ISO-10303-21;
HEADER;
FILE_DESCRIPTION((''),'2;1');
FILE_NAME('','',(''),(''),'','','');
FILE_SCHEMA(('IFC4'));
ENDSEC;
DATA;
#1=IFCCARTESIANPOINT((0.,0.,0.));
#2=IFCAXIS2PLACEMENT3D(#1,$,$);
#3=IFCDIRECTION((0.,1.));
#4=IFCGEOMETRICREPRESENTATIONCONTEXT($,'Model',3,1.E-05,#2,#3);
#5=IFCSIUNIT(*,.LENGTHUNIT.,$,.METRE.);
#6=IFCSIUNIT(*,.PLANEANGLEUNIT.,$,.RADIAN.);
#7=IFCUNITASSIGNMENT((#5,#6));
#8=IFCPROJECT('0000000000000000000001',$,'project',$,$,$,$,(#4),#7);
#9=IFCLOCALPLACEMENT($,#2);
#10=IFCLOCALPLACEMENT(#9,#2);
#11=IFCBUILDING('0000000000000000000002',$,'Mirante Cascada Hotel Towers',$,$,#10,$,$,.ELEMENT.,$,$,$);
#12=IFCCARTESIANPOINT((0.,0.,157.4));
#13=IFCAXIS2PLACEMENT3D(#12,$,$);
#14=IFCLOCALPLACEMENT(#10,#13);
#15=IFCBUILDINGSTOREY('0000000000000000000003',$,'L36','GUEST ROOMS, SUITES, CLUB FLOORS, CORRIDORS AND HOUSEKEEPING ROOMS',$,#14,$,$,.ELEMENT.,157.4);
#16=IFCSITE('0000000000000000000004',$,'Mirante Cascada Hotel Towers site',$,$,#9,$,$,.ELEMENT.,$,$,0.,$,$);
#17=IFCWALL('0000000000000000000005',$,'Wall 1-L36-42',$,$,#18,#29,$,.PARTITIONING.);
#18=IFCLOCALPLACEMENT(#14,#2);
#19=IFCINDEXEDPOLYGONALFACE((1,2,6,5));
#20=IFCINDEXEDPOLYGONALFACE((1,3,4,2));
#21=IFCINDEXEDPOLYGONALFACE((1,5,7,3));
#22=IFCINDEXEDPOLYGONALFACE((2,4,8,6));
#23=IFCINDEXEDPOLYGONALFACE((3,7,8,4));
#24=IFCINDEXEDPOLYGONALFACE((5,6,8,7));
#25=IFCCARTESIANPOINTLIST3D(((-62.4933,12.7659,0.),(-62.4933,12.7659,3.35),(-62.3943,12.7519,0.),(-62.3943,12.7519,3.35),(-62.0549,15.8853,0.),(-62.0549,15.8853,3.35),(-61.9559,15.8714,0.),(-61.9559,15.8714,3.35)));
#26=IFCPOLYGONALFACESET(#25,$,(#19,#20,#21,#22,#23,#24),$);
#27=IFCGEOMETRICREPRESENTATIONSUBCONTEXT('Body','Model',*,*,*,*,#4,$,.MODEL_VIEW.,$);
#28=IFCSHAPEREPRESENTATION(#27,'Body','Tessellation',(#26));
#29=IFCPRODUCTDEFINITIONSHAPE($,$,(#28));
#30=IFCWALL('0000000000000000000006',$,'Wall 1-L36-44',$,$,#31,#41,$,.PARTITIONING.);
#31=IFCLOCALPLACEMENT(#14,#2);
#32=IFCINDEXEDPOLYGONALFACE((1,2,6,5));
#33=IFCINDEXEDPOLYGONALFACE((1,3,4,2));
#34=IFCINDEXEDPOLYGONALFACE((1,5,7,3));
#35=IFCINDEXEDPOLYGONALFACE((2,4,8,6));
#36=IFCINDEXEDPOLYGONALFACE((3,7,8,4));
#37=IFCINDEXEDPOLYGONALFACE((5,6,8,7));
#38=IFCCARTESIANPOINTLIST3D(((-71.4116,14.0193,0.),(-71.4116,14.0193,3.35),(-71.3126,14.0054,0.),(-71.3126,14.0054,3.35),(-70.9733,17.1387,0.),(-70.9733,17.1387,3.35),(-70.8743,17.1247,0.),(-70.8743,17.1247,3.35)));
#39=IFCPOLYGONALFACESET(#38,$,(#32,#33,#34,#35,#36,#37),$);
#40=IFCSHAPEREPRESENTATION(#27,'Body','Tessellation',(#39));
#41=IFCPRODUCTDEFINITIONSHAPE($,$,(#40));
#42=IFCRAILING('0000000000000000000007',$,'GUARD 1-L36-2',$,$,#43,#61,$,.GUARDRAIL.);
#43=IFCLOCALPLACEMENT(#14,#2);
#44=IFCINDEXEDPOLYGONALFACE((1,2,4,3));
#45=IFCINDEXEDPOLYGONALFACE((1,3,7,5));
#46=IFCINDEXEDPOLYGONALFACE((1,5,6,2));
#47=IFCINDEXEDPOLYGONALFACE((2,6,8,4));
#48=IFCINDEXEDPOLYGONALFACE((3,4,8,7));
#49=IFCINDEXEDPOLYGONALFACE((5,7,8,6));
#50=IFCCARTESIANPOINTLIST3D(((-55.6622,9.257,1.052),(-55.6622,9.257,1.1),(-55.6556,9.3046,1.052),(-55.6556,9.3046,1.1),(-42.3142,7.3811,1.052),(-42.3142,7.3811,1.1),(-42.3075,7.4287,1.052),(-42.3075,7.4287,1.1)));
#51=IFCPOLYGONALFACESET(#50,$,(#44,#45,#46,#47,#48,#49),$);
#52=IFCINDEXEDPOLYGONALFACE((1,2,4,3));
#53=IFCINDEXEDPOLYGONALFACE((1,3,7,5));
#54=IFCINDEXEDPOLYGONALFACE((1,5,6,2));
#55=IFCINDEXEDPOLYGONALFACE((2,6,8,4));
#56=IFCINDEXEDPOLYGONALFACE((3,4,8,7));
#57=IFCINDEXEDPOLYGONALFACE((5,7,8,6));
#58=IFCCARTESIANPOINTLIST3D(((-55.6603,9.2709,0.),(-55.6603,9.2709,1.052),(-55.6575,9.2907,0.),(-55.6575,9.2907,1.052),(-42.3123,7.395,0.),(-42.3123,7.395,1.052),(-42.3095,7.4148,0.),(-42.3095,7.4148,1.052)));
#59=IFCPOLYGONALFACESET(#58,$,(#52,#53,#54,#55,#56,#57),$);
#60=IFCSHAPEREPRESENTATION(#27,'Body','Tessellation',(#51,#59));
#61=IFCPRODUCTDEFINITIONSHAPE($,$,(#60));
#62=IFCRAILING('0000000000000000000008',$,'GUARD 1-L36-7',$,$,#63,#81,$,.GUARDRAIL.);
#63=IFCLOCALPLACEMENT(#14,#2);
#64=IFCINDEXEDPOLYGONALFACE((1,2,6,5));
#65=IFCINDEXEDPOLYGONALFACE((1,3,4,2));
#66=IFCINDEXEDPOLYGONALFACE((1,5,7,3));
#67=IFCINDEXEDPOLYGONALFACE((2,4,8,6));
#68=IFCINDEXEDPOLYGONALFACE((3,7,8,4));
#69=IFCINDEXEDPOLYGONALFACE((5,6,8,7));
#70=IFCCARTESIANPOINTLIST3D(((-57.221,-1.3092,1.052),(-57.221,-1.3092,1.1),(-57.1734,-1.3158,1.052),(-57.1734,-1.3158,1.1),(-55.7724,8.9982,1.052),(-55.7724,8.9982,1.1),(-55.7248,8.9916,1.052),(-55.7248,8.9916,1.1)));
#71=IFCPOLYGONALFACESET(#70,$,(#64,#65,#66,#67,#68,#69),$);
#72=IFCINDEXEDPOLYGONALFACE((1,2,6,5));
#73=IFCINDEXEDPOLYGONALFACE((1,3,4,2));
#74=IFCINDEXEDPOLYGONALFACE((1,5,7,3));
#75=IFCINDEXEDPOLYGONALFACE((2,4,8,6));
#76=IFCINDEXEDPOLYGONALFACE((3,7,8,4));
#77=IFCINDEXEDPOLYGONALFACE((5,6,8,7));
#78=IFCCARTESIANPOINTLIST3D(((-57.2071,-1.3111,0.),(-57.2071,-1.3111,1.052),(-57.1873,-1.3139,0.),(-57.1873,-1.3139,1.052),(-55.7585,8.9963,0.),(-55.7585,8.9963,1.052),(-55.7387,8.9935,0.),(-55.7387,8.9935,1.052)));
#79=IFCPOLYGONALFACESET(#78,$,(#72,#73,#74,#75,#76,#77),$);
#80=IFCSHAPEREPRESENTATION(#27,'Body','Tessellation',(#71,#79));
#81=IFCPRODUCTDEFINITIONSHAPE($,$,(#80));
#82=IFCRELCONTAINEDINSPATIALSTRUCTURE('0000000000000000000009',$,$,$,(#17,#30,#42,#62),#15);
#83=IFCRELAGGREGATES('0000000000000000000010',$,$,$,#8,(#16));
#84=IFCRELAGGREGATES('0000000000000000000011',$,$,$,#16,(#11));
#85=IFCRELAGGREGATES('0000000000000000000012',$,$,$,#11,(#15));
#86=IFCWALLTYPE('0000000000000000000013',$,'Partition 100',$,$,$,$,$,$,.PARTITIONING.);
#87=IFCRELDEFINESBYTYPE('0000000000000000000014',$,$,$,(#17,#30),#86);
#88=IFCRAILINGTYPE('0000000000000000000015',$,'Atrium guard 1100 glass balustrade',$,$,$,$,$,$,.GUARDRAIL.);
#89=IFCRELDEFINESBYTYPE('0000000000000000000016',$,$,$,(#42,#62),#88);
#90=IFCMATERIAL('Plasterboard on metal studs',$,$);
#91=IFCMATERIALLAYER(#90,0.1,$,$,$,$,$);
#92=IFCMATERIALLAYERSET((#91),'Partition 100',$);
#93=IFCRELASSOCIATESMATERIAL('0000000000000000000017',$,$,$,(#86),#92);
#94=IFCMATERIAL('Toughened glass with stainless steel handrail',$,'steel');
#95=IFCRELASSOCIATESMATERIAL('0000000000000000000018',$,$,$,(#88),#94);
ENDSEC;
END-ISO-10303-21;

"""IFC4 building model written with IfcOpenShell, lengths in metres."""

from ifc_helpers import new_model, si_unit, direction, frame, frame_2d, origin, origin_2d, place, context, subcontext, project, spatial, rectangle, extrude, material, layer, layer_set, type_object, element, save


model = new_model("IFC4")

# Units and contexts
model_context = context("Model", 3, precision=1e-05, world=origin(), true_north=direction((0.0, 1.0)))
body_context = subcontext(model_context, "Body", "Model", "MODEL_VIEW")
ifc_project = project(units=[si_unit("LENGTHUNIT", "METRE"), si_unit("PLANEANGLEUNIT", "RADIAN")], contexts=[model_context])

# Site, building, storey
site_placement = place(None, origin())
site = spatial("IfcSite", under=ifc_project, at=site_placement, Name="Mirante Cascada Hotel Towers site", CompositionType="ELEMENT", RefElevation=0.0)
building_placement = place(site_placement, origin())
building = spatial("IfcBuilding", under=site, at=building_placement, Name="Mirante Cascada Hotel Towers", CompositionType="ELEMENT")
storey_placement = place(building_placement, frame((0.0, 0.0, 157.4)))
storey = spatial("IfcBuildingStorey", under=building, at=storey_placement, Name="L36", Description="GUEST ROOMS, SUITES, CLUB FLOORS, CORRIDORS AND HOUSEKEEPING ROOMS", CompositionType="ELEMENT", Elevation=157.4)

# Shared definitions
ifc_material_1 = material(Name="Plasterboard on metal studs")
ifc_layer_1 = layer(ifc_material_1, 0.1)
ifc_layer_set_1 = layer_set([ifc_layer_1], Name="Partition 100")
wall_type_1 = type_object("IfcWallType", Name="Partition 100", PredefinedType="PARTITIONING", material=ifc_layer_set_1)

# Walls
wall_1_placement = place(storey_placement, frame((-62.0054, 15.8783, 0.0), z_axis=(0.0, 0.0, 1.0), x_axis=(-0.139172, -0.990268, 0.0)))
element("IfcWall", 1, at=wall_1_placement, inside=storey, type_object=wall_type_1, Name="Wall 1-L36-42", PredefinedType="PARTITIONING", context=body_context, shape_type="SweptSolid", body=[
    extrude(rectangle(XDim=3.1501, YDim=0.1, at=frame_2d((1.575, 0.0))), origin(), (0.0, 0.0, 1.0), 3.35),
])
wall_2_placement = place(storey_placement, frame((-70.9238, 17.1317, 0.0), z_axis=(0.0, 0.0, 1.0), x_axis=(-0.139141, -0.990273, 0.0)))
element("IfcWall", 2, at=wall_2_placement, inside=storey, type_object=wall_type_1, Name="Wall 1-L36-44", PredefinedType="PARTITIONING", context=body_context, shape_type="SweptSolid", body=[
    extrude(rectangle(XDim=3.15, YDim=0.1, at=frame_2d((1.575, 0.0))), origin(), (0.0, 0.0, 1.0), 3.35),
])

# Railings
ifc_material_2 = material(Name="Toughened glass with stainless steel handrail", Category="steel")
railing_type = type_object("IfcRailingType", Name="Atrium guard 1100 glass balustrade", PredefinedType="GUARDRAIL", material=ifc_material_2)
railing_1_placement = place(storey_placement, frame((-55.6589, 9.2808, 0.0)))
element("IfcRailing", 3, at=railing_1_placement, inside=storey, type_object=railing_type, Name="GUARD 1-L36-2", PredefinedType="GUARDRAIL", context=body_context, shape_type="SweptSolid", body=[
    extrude(rectangle(XDim=0.048, YDim=0.048, at=origin_2d()), frame((0.0, 0.0, 1.076), z_axis=(0.990268, -0.13917, 0.0), x_axis=(0.13917, 0.990268, 0.0)), (0.0, 0.0, 1.0), 13.4792),
    extrude(rectangle(XDim=0.02, YDim=1.052, at=origin_2d()), frame((0.0, 0.0, 0.526), z_axis=(0.990268, -0.13917, 0.0), x_axis=(0.13917, 0.990268, 0.0)), (0.0, 0.0, 1.0), 13.4792),
])
railing_2_placement = place(storey_placement, frame((-55.7486, 8.9949, 0.0)))
element("IfcRailing", 4, at=railing_2_placement, inside=storey, type_object=railing_type, Name="GUARD 1-L36-7", PredefinedType="GUARDRAIL", context=body_context, shape_type="SweptSolid", body=[
    extrude(rectangle(XDim=0.048, YDim=0.048, at=origin_2d()), frame((0.0, 0.0, 1.076), z_axis=(-0.139172, -0.990268, 0.0), x_axis=(0.990268, -0.139172, 0.0)), (0.0, 0.0, 1.0), 10.4087),
    extrude(rectangle(XDim=0.02, YDim=1.052, at=origin_2d()), frame((0.0, 0.0, 0.526), z_axis=(-0.139172, -0.990268, 0.0), x_axis=(0.990268, -0.139172, 0.0)), (0.0, 0.0, 1.0), 10.4087),
])

save(model, "model.ifc")
